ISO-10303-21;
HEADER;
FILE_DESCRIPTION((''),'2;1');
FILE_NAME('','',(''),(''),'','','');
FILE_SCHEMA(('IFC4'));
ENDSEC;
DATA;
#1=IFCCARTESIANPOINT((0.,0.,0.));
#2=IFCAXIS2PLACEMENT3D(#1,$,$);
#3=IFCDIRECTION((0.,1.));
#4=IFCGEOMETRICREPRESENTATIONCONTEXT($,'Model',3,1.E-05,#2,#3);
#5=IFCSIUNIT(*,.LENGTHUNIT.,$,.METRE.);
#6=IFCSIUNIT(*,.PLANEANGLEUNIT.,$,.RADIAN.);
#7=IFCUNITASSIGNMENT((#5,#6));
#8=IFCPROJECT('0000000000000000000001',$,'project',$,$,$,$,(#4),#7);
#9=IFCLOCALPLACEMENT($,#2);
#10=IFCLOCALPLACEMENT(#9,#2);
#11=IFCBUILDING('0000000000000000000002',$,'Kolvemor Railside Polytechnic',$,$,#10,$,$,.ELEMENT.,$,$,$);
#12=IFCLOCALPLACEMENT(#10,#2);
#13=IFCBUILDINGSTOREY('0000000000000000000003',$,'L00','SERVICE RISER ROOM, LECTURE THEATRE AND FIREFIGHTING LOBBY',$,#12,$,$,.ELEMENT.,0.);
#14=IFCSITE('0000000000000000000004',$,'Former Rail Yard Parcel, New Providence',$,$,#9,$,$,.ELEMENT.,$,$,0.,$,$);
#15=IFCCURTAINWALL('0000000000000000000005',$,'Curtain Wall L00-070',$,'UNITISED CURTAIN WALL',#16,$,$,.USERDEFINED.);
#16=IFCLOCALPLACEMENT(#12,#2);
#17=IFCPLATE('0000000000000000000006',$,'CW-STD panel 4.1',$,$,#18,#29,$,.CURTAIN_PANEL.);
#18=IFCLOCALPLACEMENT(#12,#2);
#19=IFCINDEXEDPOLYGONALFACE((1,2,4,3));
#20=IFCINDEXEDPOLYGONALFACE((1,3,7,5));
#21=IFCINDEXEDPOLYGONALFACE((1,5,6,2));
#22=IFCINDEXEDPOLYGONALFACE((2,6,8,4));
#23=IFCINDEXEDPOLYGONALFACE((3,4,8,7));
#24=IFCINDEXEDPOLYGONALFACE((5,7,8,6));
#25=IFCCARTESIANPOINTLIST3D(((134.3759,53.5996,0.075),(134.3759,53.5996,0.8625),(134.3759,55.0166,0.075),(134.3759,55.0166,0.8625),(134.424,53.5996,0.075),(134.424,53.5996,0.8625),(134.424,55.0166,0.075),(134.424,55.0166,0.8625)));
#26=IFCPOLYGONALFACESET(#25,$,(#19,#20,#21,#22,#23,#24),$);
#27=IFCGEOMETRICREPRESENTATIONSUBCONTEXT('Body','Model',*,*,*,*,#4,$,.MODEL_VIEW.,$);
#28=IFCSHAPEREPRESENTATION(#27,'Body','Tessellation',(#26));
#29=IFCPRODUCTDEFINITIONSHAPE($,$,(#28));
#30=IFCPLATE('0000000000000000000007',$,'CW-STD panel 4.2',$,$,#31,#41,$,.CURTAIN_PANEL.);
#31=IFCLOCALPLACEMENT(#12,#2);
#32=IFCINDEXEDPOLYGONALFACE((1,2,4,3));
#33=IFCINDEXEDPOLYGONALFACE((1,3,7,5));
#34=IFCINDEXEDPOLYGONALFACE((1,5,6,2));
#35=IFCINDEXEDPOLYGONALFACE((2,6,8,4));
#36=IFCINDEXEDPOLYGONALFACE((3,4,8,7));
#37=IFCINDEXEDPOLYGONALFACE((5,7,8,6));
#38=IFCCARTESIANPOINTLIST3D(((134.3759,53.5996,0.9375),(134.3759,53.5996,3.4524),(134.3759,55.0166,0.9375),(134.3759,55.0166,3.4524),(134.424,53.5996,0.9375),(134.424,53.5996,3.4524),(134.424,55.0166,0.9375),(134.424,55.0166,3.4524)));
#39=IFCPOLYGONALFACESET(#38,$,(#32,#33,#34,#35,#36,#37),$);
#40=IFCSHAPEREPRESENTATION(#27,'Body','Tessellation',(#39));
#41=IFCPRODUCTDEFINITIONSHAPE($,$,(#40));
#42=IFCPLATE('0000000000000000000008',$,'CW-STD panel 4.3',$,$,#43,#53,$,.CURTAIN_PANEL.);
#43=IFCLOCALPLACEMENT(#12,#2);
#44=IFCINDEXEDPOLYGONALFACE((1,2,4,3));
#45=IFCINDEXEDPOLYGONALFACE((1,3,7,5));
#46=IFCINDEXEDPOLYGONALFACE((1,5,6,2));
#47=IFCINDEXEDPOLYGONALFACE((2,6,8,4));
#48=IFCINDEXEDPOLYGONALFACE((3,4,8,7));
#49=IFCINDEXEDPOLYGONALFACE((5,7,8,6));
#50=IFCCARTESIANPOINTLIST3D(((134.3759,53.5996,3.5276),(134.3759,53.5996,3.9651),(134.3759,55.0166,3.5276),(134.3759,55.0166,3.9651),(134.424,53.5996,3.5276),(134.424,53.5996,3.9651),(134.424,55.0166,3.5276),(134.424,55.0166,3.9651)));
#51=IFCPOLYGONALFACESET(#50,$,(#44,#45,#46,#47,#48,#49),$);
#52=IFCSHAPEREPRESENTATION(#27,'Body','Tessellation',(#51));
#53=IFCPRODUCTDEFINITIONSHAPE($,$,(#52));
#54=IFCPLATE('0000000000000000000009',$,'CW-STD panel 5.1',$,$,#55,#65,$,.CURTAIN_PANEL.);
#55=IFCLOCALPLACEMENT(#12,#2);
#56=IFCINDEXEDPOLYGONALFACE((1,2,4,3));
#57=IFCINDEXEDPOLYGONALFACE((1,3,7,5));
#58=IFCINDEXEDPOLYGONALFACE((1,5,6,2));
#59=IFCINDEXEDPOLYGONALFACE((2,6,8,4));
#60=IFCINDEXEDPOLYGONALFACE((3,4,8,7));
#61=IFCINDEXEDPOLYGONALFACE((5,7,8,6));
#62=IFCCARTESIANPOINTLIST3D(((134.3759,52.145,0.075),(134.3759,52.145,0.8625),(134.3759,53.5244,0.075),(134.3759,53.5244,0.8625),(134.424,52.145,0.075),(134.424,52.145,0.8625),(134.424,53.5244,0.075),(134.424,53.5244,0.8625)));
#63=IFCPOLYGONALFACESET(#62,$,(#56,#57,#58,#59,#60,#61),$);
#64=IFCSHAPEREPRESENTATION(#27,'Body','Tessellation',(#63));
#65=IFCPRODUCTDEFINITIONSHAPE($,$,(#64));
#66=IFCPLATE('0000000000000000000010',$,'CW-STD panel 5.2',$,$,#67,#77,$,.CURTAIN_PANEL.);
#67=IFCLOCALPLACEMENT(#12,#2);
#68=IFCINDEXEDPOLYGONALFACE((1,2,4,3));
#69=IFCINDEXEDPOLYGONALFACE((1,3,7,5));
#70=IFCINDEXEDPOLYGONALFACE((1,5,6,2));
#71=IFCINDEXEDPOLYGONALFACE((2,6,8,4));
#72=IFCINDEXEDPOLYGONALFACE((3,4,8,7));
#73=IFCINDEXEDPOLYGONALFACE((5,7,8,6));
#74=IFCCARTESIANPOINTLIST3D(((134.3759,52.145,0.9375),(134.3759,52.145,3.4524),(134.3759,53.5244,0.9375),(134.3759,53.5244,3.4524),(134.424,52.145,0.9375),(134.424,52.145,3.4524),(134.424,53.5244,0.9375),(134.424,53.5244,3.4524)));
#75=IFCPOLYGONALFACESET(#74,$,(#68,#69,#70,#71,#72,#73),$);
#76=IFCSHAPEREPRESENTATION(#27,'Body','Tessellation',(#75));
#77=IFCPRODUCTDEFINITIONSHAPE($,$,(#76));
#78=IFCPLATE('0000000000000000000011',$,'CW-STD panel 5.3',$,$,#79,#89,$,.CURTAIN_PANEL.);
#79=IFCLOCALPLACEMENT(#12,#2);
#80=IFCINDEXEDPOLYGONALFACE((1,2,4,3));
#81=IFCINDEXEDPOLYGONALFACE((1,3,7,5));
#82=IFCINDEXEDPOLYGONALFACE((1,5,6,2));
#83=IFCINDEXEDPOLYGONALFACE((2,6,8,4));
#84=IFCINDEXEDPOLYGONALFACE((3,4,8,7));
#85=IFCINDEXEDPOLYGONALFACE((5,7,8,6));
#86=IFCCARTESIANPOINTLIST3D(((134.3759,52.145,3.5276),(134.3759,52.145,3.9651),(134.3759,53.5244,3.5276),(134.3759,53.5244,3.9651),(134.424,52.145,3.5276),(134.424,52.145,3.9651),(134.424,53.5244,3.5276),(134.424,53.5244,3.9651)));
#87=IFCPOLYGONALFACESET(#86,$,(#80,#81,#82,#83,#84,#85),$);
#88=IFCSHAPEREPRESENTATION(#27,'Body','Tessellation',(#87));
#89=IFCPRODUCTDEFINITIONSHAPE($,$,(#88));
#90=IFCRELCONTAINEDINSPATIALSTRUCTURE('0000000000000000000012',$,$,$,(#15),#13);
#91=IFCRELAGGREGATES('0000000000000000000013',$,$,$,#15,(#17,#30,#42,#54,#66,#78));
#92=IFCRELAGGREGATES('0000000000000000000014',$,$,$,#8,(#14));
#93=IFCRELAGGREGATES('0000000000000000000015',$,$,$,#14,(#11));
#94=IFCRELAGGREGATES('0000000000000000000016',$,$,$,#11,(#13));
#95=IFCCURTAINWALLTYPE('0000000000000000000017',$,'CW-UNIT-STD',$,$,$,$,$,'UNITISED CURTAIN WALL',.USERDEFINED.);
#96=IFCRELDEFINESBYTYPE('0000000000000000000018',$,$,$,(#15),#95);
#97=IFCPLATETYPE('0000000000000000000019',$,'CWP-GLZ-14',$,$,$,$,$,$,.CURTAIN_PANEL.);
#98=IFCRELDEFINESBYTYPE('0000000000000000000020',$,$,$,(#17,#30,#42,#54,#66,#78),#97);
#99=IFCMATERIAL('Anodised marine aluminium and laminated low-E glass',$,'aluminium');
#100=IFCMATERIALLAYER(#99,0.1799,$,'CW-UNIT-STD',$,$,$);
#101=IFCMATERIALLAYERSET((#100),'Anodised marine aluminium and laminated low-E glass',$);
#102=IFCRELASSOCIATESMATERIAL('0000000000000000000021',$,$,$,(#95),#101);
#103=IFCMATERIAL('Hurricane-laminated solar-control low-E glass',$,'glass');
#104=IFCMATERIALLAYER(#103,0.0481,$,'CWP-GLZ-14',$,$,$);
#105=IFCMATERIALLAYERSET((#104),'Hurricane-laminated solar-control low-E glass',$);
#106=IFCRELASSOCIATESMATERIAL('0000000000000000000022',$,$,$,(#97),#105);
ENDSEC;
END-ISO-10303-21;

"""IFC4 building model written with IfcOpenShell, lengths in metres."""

from ifc_helpers import new_model, si_unit, direction, frame, origin, origin_2d, place, context, subcontext, project, spatial, rectangle, extrude, material, layer, layer_set, type_object, element, aggregate, save


model = new_model("IFC4")

# Units and contexts
model_context = context("Model", 3, precision=1e-05, world=origin(), true_north=direction((0.0, 1.0)))
body_context = subcontext(model_context, "Body", "Model", "MODEL_VIEW")
ifc_project = project(units=[si_unit("LENGTHUNIT", "METRE"), si_unit("PLANEANGLEUNIT", "RADIAN")], contexts=[model_context])

# Site, building, storey
site_placement = place(None, origin())
site = spatial("IfcSite", under=ifc_project, at=site_placement, Name="Former Rail Yard Parcel, New Providence", CompositionType="ELEMENT", RefElevation=0.0)
building_placement = place(site_placement, origin())
building = spatial("IfcBuilding", under=site, at=building_placement, Name="Kolvemor Railside Polytechnic", CompositionType="ELEMENT")
storey_placement = place(building_placement, origin())
storey = spatial("IfcBuildingStorey", under=building, at=storey_placement, Name="L00", Description="SERVICE RISER ROOM, LECTURE THEATRE AND FIREFIGHTING LOBBY", CompositionType="ELEMENT", Elevation=0.0)

# Curtain wall
ifc_material_1 = material(Name="Anodised marine aluminium and laminated low-E glass", Category="aluminium")
ifc_layer_1 = layer(ifc_material_1, 0.1799, Name="CW-UNIT-STD")
ifc_layer_set_1 = layer_set([ifc_layer_1], Name="Anodised marine aluminium and laminated low-E glass")
curtain_wall_type = type_object("IfcCurtainWallType", Name="CW-UNIT-STD", ElementType="UNITISED CURTAIN WALL", PredefinedType="USERDEFINED", material=ifc_layer_set_1)
curtain_wall_1_placement = place(storey_placement, origin())
curtain_wall_1 = element("IfcCurtainWall", 1, at=curtain_wall_1_placement, inside=storey, type_object=curtain_wall_type, Name="Curtain Wall L00-070", ObjectType="UNITISED CURTAIN WALL", PredefinedType="USERDEFINED")

# Plates
ifc_material_2 = material(Name="Hurricane-laminated solar-control low-E glass", Category="glass")
ifc_layer_2 = layer(ifc_material_2, 0.0481, Name="CWP-GLZ-14")
ifc_layer_set_2 = layer_set([ifc_layer_2], Name="Hurricane-laminated solar-control low-E glass")
plate_type_1 = type_object("IfcPlateType", Name="CWP-GLZ-14", PredefinedType="CURTAIN_PANEL", material=ifc_layer_set_2)
plate_1_placement = place(storey_placement, frame((134.3999, 54.3081, 0.075), z_axis=(0.0, 0.0, 1.0), x_axis=(0.0, -1.0, 0.0)))
plate_1 = element("IfcPlate", 2, at=plate_1_placement, type_object=plate_type_1, Name="CW-STD panel 4.1", PredefinedType="CURTAIN_PANEL", context=body_context, shape_type="SweptSolid", body=[
    extrude(rectangle(XDim=1.417, YDim=0.0481, at=origin_2d()), origin(), (0.0, 0.0, 1.0), 0.7876),
])
plate_2_placement = place(storey_placement, frame((134.3999, 54.3081, 0.9375), z_axis=(0.0, 0.0, 1.0), x_axis=(0.0, -1.0, 0.0)))
plate_2 = element("IfcPlate", 3, at=plate_2_placement, type_object=plate_type_1, Name="CW-STD panel 4.2", PredefinedType="CURTAIN_PANEL", context=body_context, shape_type="SweptSolid", body=[
    extrude(rectangle(XDim=1.417, YDim=0.0481, at=origin_2d()), origin(), (0.0, 0.0, 1.0), 2.5149),
])
plate_3_placement = place(storey_placement, frame((134.3999, 54.3081, 3.5276), z_axis=(0.0, 0.0, 1.0), x_axis=(0.0, -1.0, 0.0)))
plate_3 = element("IfcPlate", 4, at=plate_3_placement, type_object=plate_type_1, Name="CW-STD panel 4.3", PredefinedType="CURTAIN_PANEL", context=body_context, shape_type="SweptSolid", body=[
    extrude(rectangle(XDim=1.417, YDim=0.0481, at=origin_2d()), origin(), (0.0, 0.0, 1.0), 0.4375),
])
plate_4_placement = place(storey_placement, frame((134.3999, 52.8347, 0.075), z_axis=(0.0, 0.0, 1.0), x_axis=(0.0, -1.0, 0.0)))
plate_4 = element("IfcPlate", 5, at=plate_4_placement, type_object=plate_type_1, Name="CW-STD panel 5.1", PredefinedType="CURTAIN_PANEL", context=body_context, shape_type="SweptSolid", body=[
    extrude(rectangle(XDim=1.3794, YDim=0.0481, at=origin_2d()), origin(), (0.0, 0.0, 1.0), 0.7876),
])
plate_5_placement = place(storey_placement, frame((134.3999, 52.8347, 0.9375), z_axis=(0.0, 0.0, 1.0), x_axis=(0.0, -1.0, 0.0)))
plate_5 = element("IfcPlate", 6, at=plate_5_placement, type_object=plate_type_1, Name="CW-STD panel 5.2", PredefinedType="CURTAIN_PANEL", context=body_context, shape_type="SweptSolid", body=[
    extrude(rectangle(XDim=1.3794, YDim=0.0481, at=origin_2d()), origin(), (0.0, 0.0, 1.0), 2.5149),
])
plate_6_placement = place(storey_placement, frame((134.3999, 52.8347, 3.5276), z_axis=(0.0, 0.0, 1.0), x_axis=(0.0, -1.0, 0.0)))
plate_6 = element("IfcPlate", 7, at=plate_6_placement, type_object=plate_type_1, Name="CW-STD panel 5.3", PredefinedType="CURTAIN_PANEL", context=body_context, shape_type="SweptSolid", body=[
    extrude(rectangle(XDim=1.3794, YDim=0.0481, at=origin_2d()), origin(), (0.0, 0.0, 1.0), 0.4375),
])
aggregate(curtain_wall_1, [plate_1, plate_2, plate_3, plate_4, plate_5, plate_6])

save(model, "model.ifc")
